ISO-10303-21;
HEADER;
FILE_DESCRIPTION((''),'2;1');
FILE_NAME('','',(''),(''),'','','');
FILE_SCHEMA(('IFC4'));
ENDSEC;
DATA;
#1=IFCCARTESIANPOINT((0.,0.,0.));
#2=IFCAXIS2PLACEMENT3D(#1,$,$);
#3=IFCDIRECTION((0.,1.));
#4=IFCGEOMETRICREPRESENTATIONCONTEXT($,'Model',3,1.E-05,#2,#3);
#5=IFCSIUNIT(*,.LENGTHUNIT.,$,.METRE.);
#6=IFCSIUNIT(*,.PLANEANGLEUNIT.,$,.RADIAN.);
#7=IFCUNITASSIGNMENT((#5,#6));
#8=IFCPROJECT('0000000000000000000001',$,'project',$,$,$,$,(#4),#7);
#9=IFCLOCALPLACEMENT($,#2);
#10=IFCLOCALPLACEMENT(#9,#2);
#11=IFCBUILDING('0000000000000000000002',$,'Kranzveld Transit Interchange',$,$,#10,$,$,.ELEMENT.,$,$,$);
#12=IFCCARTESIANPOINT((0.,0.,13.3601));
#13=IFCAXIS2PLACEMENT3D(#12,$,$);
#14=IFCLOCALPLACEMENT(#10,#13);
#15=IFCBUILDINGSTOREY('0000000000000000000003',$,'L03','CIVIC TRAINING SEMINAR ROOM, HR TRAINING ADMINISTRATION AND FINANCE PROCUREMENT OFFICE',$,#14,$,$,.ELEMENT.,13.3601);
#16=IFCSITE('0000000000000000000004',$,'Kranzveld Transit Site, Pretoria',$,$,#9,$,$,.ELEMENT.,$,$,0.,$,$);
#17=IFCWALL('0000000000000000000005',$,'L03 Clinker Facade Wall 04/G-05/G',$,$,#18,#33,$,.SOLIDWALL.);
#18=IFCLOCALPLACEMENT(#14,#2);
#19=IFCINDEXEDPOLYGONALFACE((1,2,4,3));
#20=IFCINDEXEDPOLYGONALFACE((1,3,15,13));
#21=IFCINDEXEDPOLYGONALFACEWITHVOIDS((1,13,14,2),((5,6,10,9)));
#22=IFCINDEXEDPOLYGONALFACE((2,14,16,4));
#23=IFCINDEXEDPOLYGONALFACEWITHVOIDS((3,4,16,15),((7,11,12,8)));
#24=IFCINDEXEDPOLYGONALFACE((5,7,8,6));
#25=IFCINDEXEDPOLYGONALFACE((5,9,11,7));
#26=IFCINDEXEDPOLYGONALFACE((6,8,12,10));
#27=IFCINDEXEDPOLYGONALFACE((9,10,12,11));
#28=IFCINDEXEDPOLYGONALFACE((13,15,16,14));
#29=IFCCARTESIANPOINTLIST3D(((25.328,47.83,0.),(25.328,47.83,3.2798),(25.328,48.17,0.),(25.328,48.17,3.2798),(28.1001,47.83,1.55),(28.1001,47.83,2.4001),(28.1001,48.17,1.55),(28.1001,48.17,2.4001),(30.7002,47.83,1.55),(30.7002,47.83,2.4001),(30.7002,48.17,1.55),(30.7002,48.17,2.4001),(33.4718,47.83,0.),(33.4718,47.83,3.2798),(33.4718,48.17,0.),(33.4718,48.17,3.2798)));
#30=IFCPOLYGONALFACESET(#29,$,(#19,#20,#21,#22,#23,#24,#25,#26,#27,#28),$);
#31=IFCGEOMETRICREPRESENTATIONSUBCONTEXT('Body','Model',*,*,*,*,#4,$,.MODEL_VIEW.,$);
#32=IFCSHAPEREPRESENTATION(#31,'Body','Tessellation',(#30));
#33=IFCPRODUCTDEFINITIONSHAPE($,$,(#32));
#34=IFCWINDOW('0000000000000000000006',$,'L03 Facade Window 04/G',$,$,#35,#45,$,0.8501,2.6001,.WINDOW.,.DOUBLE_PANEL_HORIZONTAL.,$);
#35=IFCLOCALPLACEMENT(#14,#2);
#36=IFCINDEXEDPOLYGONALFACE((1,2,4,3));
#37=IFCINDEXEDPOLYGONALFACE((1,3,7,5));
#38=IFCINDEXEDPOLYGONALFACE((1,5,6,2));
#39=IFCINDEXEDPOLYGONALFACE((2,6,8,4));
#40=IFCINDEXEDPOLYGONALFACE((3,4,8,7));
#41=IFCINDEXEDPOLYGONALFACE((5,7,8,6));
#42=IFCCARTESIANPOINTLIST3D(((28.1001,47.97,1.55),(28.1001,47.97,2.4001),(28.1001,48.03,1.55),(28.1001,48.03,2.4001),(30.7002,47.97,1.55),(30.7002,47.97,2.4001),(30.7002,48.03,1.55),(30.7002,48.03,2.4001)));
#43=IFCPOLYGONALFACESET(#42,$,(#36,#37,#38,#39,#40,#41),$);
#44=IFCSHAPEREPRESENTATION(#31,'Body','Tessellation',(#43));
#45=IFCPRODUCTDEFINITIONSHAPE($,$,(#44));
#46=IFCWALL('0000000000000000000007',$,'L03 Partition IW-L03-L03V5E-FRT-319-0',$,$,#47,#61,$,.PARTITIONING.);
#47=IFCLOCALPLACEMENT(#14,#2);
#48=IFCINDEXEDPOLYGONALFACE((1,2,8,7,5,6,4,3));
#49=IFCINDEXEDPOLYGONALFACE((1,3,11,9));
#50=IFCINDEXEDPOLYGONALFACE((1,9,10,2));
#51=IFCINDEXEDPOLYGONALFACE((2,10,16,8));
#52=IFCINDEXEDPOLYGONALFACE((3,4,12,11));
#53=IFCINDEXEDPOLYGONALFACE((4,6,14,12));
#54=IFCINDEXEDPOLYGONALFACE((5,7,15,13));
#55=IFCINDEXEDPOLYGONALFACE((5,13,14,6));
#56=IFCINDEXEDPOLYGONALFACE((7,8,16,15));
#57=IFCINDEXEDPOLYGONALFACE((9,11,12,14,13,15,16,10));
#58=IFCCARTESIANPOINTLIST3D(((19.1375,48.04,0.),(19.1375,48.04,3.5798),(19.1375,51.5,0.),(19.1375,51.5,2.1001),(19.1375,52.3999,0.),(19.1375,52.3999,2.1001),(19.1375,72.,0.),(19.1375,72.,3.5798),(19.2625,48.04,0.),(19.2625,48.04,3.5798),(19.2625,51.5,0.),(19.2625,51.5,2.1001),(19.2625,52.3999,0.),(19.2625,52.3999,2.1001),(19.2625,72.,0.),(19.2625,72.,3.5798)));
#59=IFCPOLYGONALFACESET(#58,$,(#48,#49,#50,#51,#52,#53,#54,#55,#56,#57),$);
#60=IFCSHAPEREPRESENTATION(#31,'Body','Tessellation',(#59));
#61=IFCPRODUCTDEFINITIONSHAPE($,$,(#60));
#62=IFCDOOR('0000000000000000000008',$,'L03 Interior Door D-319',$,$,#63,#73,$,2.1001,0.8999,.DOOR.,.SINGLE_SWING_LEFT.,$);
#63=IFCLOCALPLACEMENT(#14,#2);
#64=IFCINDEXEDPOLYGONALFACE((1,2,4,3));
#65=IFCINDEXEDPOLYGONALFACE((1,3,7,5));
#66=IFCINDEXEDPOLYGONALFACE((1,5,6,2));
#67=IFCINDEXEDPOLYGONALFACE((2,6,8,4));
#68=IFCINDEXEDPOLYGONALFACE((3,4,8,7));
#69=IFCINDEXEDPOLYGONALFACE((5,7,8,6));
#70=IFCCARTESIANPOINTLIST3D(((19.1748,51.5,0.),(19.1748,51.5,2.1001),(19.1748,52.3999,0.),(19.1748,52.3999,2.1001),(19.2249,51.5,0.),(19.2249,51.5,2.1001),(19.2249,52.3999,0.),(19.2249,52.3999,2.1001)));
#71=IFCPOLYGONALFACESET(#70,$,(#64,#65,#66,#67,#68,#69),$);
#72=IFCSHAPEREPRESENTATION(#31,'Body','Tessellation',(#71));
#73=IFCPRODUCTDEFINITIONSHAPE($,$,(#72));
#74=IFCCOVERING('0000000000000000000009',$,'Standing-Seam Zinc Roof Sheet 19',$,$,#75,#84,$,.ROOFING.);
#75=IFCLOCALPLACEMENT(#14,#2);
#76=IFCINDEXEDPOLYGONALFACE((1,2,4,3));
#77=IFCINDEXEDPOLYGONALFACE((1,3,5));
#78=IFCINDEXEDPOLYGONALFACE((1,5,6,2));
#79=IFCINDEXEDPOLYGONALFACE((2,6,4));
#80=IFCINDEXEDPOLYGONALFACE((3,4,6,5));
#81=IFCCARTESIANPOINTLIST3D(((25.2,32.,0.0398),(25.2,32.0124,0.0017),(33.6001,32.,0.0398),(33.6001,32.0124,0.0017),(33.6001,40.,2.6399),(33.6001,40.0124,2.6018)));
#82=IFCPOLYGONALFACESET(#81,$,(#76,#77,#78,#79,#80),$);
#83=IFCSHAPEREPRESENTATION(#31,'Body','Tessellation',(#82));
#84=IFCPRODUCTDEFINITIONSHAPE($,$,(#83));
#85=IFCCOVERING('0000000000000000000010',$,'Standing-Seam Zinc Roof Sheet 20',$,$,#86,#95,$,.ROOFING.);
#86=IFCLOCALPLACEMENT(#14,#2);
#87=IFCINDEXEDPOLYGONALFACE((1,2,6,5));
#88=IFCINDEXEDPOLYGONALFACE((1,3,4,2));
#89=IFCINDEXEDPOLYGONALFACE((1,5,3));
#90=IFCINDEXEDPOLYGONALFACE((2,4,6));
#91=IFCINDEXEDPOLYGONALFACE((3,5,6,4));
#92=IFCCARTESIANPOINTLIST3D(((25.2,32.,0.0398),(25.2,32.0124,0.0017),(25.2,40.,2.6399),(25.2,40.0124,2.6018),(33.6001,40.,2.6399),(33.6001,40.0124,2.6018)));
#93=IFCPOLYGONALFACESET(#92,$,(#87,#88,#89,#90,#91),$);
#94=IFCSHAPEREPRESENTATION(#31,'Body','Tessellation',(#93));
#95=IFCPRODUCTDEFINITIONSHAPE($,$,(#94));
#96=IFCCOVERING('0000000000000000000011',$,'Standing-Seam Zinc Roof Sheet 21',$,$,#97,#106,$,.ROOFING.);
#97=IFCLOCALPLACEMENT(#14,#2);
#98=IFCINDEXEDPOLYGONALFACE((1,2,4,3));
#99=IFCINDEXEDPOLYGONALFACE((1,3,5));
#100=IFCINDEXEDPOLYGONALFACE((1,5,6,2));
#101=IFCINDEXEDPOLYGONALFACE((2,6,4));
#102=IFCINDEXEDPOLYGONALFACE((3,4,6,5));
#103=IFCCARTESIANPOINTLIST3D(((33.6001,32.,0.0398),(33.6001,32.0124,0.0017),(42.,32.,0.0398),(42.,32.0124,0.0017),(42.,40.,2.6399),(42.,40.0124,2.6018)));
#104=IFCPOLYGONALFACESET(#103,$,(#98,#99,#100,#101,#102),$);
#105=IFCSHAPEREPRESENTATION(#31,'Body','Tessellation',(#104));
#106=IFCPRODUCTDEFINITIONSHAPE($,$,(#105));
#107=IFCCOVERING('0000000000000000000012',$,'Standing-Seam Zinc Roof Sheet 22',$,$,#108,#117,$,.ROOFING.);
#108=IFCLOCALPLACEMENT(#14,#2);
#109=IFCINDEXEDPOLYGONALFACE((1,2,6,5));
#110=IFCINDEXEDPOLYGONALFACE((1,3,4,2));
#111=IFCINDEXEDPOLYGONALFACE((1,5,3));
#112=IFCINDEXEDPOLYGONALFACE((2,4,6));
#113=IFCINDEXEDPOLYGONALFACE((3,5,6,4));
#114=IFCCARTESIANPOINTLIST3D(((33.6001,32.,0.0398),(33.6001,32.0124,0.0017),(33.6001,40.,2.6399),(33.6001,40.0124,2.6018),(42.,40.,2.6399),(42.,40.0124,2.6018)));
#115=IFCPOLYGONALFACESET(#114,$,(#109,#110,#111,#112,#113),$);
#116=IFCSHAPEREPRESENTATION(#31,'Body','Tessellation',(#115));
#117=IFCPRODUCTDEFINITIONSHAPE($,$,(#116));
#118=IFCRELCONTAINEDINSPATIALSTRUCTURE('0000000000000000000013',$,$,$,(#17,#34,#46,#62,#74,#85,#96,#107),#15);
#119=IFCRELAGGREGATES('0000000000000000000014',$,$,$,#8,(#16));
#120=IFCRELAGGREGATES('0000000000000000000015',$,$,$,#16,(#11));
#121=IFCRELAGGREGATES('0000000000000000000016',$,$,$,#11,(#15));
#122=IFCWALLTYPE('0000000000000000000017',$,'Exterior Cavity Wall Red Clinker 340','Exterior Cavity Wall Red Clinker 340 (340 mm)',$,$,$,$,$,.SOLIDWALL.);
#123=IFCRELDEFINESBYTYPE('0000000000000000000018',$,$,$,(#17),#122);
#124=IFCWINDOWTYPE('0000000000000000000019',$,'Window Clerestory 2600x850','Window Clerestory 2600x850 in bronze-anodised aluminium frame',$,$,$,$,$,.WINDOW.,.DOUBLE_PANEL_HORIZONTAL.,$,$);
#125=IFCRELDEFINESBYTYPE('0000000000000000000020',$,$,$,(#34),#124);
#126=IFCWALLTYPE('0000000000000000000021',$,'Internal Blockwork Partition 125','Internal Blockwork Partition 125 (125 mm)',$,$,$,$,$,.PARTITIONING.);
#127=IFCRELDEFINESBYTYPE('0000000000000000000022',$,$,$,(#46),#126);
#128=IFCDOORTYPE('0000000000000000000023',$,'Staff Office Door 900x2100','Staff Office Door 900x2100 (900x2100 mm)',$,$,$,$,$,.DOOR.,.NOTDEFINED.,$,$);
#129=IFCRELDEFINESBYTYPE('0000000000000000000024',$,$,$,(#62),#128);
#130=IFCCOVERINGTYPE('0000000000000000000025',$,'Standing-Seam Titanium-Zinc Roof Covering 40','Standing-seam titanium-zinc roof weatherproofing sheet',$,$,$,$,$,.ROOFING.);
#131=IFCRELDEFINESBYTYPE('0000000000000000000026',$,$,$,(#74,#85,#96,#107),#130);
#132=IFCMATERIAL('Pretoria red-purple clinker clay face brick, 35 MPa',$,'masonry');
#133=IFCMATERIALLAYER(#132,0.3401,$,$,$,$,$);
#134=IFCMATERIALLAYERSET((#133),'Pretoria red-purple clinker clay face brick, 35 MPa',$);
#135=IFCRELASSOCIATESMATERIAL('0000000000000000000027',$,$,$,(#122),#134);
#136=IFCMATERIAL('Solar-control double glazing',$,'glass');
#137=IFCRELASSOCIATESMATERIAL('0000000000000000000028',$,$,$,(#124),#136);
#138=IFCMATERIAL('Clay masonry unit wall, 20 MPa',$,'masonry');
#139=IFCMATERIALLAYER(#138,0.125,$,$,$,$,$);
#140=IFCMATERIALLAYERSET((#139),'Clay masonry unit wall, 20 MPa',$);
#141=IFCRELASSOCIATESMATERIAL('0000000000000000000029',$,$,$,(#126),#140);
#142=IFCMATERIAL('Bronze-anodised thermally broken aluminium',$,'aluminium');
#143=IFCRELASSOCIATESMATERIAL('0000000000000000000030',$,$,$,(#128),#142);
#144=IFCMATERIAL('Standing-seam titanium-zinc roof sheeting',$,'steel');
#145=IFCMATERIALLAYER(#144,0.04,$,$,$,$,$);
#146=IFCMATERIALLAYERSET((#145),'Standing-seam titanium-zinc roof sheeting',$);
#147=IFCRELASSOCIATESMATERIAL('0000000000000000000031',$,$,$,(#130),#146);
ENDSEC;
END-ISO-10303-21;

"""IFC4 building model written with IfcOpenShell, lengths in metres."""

from ifc_helpers import new_model, si_unit, direction, frame, frame_2d, origin, place, context, subcontext, project, spatial, polyline, rectangle, outline, extrude, material, layer, layer_set, type_object, element, fill, save


model = new_model("IFC4")

# Units and contexts
model_context = context("Model", 3, precision=1e-05, world=origin(), true_north=direction((0.0, 1.0)))
body_context = subcontext(model_context, "Body", "Model", "MODEL_VIEW")
ifc_project = project(units=[si_unit("LENGTHUNIT", "METRE"), si_unit("PLANEANGLEUNIT", "RADIAN")], contexts=[model_context])

# Site, building, storey
site_placement = place(None, origin())
site = spatial("IfcSite", under=ifc_project, at=site_placement, Name="Kranzveld Transit Site, Pretoria", CompositionType="ELEMENT", RefElevation=0.0)
building_placement = place(site_placement, origin())
building = spatial("IfcBuilding", under=site, at=building_placement, Name="Kranzveld Transit Interchange", CompositionType="ELEMENT")
storey_placement = place(building_placement, frame((0.0, 0.0, 13.3601)))
storey = spatial("IfcBuildingStorey", under=building, at=storey_placement, Name="L03", Description="CIVIC TRAINING SEMINAR ROOM, HR TRAINING ADMINISTRATION AND FINANCE PROCUREMENT OFFICE", CompositionType="ELEMENT", Elevation=13.3601)

# Wall, opening, window
ifc_material_1 = material(Name="Pretoria red-purple clinker clay face brick, 35 MPa", Category="masonry")
ifc_layer_1 = layer(ifc_material_1, 0.3401)
ifc_layer_set_1 = layer_set([ifc_layer_1], Name="Pretoria red-purple clinker clay face brick, 35 MPa")
wall_type_1 = type_object("IfcWallType", Name="Exterior Cavity Wall Red Clinker 340", Description="Exterior Cavity Wall Red Clinker 340 (340 mm)", PredefinedType="SOLIDWALL", material=ifc_layer_set_1)
wall_1_placement = place(storey_placement, frame((25.3281, 48.0, 0.0), z_axis=(0.0, 0.0, 1.0), x_axis=(1.0, 0.0, 0.0)))
wall_1 = element("IfcWall", 1, at=wall_1_placement, inside=storey, type_object=wall_type_1, Name="L03 Clinker Facade Wall 04/G-05/G", PredefinedType="SOLIDWALL", context=body_context, shape_type="SweptSolid", body=[
    extrude(rectangle(XDim=8.1438, YDim=0.3401, at=frame_2d((4.0718, 0.0))), origin(), (0.0, 0.0, 1.0), 3.2798),
])
opening_1_placement = place(wall_1_placement, frame((2.772, 0.0, 1.55), z_axis=(0.0, 0.0, 1.0), x_axis=(1.0, 0.0, 0.0)))
opening_1 = element("IfcOpeningElement", 2, at=opening_1_placement, cuts=wall_1, PredefinedType="OPENING", context=body_context, shape_type="SweptSolid", body=[
    extrude(rectangle(XDim=2.6001, YDim=0.8501, at=frame_2d((1.3, 0.425))), frame((0.0, 0.1799, 0.0), z_axis=(0.0, -1.0, 0.0), x_axis=(1.0, 0.0, 0.0)), (0.0, 0.0, 1.0), 0.3601),
])
ifc_material_2 = material(Name="Solar-control double glazing", Category="glass")
window_type_1 = type_object("IfcWindowType", Name="Window Clerestory 2600x850", Description="Window Clerestory 2600x850 in bronze-anodised aluminium frame", PartitioningType="DOUBLE_PANEL_HORIZONTAL", PredefinedType="WINDOW", material=ifc_material_2)
window_1_placement = place(opening_1_placement, origin())
window_1 = element("IfcWindow", 3, at=window_1_placement, inside=storey, type_object=window_type_1, Name="L03 Facade Window 04/G", OverallHeight=0.8501, OverallWidth=2.6001, PartitioningType="DOUBLE_PANEL_HORIZONTAL", PredefinedType="WINDOW", context=body_context, shape_type="SweptSolid", body=[
    extrude(rectangle(XDim=2.6001, YDim=0.8501, at=frame_2d((1.3, 0.425))), frame((0.0, 0.03, 0.0), z_axis=(0.0, -1.0, 0.0), x_axis=(1.0, 0.0, 0.0)), (0.0, 0.0, 1.0), 0.0601),
])
fill(opening_1, window_1)

# Wall, opening, door
ifc_material_3 = material(Name="Clay masonry unit wall, 20 MPa", Category="masonry")
ifc_layer_2 = layer(ifc_material_3, 0.125)
ifc_layer_set_2 = layer_set([ifc_layer_2], Name="Clay masonry unit wall, 20 MPa")
wall_type_2 = type_object("IfcWallType", Name="Internal Blockwork Partition 125", Description="Internal Blockwork Partition 125 (125 mm)", PredefinedType="PARTITIONING", material=ifc_layer_set_2)
wall_2_placement = place(storey_placement, frame((19.2, 48.04, 0.0), z_axis=(0.0, 0.0, 1.0), x_axis=(0.0, 1.0, 0.0)))
wall_2 = element("IfcWall", 4, at=wall_2_placement, inside=storey, type_object=wall_type_2, Name="L03 Partition IW-L03-L03V5E-FRT-319-0", PredefinedType="PARTITIONING", context=body_context, shape_type="SweptSolid", body=[
    extrude(rectangle(XDim=23.96, YDim=0.125, at=frame_2d((11.98, 0.0))), origin(), (0.0, 0.0, 1.0), 3.5798),
])
opening_2_placement = place(wall_2_placement, frame((4.3599, 0.0, 0.0), z_axis=(0.0, 0.0, 1.0), x_axis=(-1.0, 0.0, 0.0)))
opening_2 = element("IfcOpeningElement", 5, at=opening_2_placement, cuts=wall_2, PredefinedType="OPENING", context=body_context, shape_type="SweptSolid", body=[
    extrude(rectangle(XDim=0.8999, YDim=2.1001, at=frame_2d((0.45, 1.05))), frame((0.0, 0.0725, 0.0), z_axis=(0.0, -1.0, 0.0), x_axis=(1.0, 0.0, 0.0)), (0.0, 0.0, 1.0), 0.145),
])
ifc_material_4 = material(Name="Bronze-anodised thermally broken aluminium", Category="aluminium")
door_type = type_object("IfcDoorType", Name="Staff Office Door 900x2100", Description="Staff Office Door 900x2100 (900x2100 mm)", OperationType="NOTDEFINED", PredefinedType="DOOR", material=ifc_material_4)
door_placement = place(opening_2_placement, origin())
door = element("IfcDoor", 6, at=door_placement, inside=storey, type_object=door_type, Name="L03 Interior Door D-319", OperationType="SINGLE_SWING_LEFT", OverallHeight=2.1001, OverallWidth=0.8999, PredefinedType="DOOR", context=body_context, shape_type="SweptSolid", body=[
    extrude(rectangle(XDim=0.8999, YDim=2.1001, at=frame_2d((0.45, 1.05))), frame((0.0, 0.0249, 0.0), z_axis=(0.0, -1.0, 0.0), x_axis=(1.0, 0.0, 0.0)), (0.0, 0.0, 1.0), 0.05),
])
fill(opening_2, door)

# Coverings
ifc_material_5 = material(Name="Standing-seam titanium-zinc roof sheeting", Category="steel")
ifc_layer_3 = layer(ifc_material_5, 0.04)
ifc_layer_set_3 = layer_set([ifc_layer_3], Name="Standing-seam titanium-zinc roof sheeting")
covering_type = type_object("IfcCoveringType", Name="Standing-Seam Titanium-Zinc Roof Covering 40", Description="Standing-seam titanium-zinc roof weatherproofing sheet", PredefinedType="ROOFING", material=ifc_layer_set_3)
covering_1_placement = place(storey_placement, frame((25.2, 32.0, 0.0398), z_axis=(0.0, -0.309097, 0.951031), x_axis=(1.0, 0.0, 0.0)))
element("IfcCovering", 7, at=covering_1_placement, inside=storey, type_object=covering_type, Name="Standing-Seam Zinc Roof Sheet 19", PredefinedType="ROOFING", context=body_context, shape_type="SweptSolid", body=[
    extrude(outline(polyline([(0.0, 0.0), (8.4001, 0.0), (8.4001, 8.4119), (0.0, 0.0)])), origin(), (0.0, 0.0, -1.0), 0.04),
])
covering_2_placement = place(storey_placement, frame((25.2, 32.0, 0.0398), z_axis=(0.0, -0.309097, 0.951031), x_axis=(0.706611, 0.672951, 0.218717)))
element("IfcCovering", 8, at=covering_2_placement, inside=storey, type_object=covering_type, Name="Standing-Seam Zinc Roof Sheet 20", PredefinedType="ROOFING", context=body_context, shape_type="SweptSolid", body=[
    extrude(outline(polyline([(0.0, 0.0), (11.8879, 0.0), (5.9523, 5.944), (0.0, 0.0)])), origin(), (0.0, 0.0, -1.0), 0.04),
])
covering_3_placement = place(storey_placement, frame((33.6001, 32.0, 0.0398), z_axis=(0.0, -0.309097, 0.951031), x_axis=(1.0, 0.0, 0.0)))
element("IfcCovering", 9, at=covering_3_placement, inside=storey, type_object=covering_type, Name="Standing-Seam Zinc Roof Sheet 21", PredefinedType="ROOFING", context=body_context, shape_type="SweptSolid", body=[
    extrude(outline(polyline([(0.0, 0.0), (8.3999, 0.0), (8.3999, 8.4119), (0.0, 0.0)])), origin(), (0.0, 0.0, -1.0), 0.04),
])
covering_4_placement = place(storey_placement, frame((33.6001, 32.0, 0.0398), z_axis=(0.0, -0.309097, 0.951031), x_axis=(0.706601, 0.672961, 0.218721)))
element("IfcCovering", 10, at=covering_4_placement, inside=storey, type_object=covering_type, Name="Standing-Seam Zinc Roof Sheet 22", PredefinedType="ROOFING", context=body_context, shape_type="SweptSolid", body=[
    extrude(outline(polyline([(0.0, 0.0), (11.8878, 0.0), (5.9524, 5.9439), (0.0, 0.0)])), origin(), (0.0, 0.0, -1.0), 0.04),
])

save(model, "model.ifc")
